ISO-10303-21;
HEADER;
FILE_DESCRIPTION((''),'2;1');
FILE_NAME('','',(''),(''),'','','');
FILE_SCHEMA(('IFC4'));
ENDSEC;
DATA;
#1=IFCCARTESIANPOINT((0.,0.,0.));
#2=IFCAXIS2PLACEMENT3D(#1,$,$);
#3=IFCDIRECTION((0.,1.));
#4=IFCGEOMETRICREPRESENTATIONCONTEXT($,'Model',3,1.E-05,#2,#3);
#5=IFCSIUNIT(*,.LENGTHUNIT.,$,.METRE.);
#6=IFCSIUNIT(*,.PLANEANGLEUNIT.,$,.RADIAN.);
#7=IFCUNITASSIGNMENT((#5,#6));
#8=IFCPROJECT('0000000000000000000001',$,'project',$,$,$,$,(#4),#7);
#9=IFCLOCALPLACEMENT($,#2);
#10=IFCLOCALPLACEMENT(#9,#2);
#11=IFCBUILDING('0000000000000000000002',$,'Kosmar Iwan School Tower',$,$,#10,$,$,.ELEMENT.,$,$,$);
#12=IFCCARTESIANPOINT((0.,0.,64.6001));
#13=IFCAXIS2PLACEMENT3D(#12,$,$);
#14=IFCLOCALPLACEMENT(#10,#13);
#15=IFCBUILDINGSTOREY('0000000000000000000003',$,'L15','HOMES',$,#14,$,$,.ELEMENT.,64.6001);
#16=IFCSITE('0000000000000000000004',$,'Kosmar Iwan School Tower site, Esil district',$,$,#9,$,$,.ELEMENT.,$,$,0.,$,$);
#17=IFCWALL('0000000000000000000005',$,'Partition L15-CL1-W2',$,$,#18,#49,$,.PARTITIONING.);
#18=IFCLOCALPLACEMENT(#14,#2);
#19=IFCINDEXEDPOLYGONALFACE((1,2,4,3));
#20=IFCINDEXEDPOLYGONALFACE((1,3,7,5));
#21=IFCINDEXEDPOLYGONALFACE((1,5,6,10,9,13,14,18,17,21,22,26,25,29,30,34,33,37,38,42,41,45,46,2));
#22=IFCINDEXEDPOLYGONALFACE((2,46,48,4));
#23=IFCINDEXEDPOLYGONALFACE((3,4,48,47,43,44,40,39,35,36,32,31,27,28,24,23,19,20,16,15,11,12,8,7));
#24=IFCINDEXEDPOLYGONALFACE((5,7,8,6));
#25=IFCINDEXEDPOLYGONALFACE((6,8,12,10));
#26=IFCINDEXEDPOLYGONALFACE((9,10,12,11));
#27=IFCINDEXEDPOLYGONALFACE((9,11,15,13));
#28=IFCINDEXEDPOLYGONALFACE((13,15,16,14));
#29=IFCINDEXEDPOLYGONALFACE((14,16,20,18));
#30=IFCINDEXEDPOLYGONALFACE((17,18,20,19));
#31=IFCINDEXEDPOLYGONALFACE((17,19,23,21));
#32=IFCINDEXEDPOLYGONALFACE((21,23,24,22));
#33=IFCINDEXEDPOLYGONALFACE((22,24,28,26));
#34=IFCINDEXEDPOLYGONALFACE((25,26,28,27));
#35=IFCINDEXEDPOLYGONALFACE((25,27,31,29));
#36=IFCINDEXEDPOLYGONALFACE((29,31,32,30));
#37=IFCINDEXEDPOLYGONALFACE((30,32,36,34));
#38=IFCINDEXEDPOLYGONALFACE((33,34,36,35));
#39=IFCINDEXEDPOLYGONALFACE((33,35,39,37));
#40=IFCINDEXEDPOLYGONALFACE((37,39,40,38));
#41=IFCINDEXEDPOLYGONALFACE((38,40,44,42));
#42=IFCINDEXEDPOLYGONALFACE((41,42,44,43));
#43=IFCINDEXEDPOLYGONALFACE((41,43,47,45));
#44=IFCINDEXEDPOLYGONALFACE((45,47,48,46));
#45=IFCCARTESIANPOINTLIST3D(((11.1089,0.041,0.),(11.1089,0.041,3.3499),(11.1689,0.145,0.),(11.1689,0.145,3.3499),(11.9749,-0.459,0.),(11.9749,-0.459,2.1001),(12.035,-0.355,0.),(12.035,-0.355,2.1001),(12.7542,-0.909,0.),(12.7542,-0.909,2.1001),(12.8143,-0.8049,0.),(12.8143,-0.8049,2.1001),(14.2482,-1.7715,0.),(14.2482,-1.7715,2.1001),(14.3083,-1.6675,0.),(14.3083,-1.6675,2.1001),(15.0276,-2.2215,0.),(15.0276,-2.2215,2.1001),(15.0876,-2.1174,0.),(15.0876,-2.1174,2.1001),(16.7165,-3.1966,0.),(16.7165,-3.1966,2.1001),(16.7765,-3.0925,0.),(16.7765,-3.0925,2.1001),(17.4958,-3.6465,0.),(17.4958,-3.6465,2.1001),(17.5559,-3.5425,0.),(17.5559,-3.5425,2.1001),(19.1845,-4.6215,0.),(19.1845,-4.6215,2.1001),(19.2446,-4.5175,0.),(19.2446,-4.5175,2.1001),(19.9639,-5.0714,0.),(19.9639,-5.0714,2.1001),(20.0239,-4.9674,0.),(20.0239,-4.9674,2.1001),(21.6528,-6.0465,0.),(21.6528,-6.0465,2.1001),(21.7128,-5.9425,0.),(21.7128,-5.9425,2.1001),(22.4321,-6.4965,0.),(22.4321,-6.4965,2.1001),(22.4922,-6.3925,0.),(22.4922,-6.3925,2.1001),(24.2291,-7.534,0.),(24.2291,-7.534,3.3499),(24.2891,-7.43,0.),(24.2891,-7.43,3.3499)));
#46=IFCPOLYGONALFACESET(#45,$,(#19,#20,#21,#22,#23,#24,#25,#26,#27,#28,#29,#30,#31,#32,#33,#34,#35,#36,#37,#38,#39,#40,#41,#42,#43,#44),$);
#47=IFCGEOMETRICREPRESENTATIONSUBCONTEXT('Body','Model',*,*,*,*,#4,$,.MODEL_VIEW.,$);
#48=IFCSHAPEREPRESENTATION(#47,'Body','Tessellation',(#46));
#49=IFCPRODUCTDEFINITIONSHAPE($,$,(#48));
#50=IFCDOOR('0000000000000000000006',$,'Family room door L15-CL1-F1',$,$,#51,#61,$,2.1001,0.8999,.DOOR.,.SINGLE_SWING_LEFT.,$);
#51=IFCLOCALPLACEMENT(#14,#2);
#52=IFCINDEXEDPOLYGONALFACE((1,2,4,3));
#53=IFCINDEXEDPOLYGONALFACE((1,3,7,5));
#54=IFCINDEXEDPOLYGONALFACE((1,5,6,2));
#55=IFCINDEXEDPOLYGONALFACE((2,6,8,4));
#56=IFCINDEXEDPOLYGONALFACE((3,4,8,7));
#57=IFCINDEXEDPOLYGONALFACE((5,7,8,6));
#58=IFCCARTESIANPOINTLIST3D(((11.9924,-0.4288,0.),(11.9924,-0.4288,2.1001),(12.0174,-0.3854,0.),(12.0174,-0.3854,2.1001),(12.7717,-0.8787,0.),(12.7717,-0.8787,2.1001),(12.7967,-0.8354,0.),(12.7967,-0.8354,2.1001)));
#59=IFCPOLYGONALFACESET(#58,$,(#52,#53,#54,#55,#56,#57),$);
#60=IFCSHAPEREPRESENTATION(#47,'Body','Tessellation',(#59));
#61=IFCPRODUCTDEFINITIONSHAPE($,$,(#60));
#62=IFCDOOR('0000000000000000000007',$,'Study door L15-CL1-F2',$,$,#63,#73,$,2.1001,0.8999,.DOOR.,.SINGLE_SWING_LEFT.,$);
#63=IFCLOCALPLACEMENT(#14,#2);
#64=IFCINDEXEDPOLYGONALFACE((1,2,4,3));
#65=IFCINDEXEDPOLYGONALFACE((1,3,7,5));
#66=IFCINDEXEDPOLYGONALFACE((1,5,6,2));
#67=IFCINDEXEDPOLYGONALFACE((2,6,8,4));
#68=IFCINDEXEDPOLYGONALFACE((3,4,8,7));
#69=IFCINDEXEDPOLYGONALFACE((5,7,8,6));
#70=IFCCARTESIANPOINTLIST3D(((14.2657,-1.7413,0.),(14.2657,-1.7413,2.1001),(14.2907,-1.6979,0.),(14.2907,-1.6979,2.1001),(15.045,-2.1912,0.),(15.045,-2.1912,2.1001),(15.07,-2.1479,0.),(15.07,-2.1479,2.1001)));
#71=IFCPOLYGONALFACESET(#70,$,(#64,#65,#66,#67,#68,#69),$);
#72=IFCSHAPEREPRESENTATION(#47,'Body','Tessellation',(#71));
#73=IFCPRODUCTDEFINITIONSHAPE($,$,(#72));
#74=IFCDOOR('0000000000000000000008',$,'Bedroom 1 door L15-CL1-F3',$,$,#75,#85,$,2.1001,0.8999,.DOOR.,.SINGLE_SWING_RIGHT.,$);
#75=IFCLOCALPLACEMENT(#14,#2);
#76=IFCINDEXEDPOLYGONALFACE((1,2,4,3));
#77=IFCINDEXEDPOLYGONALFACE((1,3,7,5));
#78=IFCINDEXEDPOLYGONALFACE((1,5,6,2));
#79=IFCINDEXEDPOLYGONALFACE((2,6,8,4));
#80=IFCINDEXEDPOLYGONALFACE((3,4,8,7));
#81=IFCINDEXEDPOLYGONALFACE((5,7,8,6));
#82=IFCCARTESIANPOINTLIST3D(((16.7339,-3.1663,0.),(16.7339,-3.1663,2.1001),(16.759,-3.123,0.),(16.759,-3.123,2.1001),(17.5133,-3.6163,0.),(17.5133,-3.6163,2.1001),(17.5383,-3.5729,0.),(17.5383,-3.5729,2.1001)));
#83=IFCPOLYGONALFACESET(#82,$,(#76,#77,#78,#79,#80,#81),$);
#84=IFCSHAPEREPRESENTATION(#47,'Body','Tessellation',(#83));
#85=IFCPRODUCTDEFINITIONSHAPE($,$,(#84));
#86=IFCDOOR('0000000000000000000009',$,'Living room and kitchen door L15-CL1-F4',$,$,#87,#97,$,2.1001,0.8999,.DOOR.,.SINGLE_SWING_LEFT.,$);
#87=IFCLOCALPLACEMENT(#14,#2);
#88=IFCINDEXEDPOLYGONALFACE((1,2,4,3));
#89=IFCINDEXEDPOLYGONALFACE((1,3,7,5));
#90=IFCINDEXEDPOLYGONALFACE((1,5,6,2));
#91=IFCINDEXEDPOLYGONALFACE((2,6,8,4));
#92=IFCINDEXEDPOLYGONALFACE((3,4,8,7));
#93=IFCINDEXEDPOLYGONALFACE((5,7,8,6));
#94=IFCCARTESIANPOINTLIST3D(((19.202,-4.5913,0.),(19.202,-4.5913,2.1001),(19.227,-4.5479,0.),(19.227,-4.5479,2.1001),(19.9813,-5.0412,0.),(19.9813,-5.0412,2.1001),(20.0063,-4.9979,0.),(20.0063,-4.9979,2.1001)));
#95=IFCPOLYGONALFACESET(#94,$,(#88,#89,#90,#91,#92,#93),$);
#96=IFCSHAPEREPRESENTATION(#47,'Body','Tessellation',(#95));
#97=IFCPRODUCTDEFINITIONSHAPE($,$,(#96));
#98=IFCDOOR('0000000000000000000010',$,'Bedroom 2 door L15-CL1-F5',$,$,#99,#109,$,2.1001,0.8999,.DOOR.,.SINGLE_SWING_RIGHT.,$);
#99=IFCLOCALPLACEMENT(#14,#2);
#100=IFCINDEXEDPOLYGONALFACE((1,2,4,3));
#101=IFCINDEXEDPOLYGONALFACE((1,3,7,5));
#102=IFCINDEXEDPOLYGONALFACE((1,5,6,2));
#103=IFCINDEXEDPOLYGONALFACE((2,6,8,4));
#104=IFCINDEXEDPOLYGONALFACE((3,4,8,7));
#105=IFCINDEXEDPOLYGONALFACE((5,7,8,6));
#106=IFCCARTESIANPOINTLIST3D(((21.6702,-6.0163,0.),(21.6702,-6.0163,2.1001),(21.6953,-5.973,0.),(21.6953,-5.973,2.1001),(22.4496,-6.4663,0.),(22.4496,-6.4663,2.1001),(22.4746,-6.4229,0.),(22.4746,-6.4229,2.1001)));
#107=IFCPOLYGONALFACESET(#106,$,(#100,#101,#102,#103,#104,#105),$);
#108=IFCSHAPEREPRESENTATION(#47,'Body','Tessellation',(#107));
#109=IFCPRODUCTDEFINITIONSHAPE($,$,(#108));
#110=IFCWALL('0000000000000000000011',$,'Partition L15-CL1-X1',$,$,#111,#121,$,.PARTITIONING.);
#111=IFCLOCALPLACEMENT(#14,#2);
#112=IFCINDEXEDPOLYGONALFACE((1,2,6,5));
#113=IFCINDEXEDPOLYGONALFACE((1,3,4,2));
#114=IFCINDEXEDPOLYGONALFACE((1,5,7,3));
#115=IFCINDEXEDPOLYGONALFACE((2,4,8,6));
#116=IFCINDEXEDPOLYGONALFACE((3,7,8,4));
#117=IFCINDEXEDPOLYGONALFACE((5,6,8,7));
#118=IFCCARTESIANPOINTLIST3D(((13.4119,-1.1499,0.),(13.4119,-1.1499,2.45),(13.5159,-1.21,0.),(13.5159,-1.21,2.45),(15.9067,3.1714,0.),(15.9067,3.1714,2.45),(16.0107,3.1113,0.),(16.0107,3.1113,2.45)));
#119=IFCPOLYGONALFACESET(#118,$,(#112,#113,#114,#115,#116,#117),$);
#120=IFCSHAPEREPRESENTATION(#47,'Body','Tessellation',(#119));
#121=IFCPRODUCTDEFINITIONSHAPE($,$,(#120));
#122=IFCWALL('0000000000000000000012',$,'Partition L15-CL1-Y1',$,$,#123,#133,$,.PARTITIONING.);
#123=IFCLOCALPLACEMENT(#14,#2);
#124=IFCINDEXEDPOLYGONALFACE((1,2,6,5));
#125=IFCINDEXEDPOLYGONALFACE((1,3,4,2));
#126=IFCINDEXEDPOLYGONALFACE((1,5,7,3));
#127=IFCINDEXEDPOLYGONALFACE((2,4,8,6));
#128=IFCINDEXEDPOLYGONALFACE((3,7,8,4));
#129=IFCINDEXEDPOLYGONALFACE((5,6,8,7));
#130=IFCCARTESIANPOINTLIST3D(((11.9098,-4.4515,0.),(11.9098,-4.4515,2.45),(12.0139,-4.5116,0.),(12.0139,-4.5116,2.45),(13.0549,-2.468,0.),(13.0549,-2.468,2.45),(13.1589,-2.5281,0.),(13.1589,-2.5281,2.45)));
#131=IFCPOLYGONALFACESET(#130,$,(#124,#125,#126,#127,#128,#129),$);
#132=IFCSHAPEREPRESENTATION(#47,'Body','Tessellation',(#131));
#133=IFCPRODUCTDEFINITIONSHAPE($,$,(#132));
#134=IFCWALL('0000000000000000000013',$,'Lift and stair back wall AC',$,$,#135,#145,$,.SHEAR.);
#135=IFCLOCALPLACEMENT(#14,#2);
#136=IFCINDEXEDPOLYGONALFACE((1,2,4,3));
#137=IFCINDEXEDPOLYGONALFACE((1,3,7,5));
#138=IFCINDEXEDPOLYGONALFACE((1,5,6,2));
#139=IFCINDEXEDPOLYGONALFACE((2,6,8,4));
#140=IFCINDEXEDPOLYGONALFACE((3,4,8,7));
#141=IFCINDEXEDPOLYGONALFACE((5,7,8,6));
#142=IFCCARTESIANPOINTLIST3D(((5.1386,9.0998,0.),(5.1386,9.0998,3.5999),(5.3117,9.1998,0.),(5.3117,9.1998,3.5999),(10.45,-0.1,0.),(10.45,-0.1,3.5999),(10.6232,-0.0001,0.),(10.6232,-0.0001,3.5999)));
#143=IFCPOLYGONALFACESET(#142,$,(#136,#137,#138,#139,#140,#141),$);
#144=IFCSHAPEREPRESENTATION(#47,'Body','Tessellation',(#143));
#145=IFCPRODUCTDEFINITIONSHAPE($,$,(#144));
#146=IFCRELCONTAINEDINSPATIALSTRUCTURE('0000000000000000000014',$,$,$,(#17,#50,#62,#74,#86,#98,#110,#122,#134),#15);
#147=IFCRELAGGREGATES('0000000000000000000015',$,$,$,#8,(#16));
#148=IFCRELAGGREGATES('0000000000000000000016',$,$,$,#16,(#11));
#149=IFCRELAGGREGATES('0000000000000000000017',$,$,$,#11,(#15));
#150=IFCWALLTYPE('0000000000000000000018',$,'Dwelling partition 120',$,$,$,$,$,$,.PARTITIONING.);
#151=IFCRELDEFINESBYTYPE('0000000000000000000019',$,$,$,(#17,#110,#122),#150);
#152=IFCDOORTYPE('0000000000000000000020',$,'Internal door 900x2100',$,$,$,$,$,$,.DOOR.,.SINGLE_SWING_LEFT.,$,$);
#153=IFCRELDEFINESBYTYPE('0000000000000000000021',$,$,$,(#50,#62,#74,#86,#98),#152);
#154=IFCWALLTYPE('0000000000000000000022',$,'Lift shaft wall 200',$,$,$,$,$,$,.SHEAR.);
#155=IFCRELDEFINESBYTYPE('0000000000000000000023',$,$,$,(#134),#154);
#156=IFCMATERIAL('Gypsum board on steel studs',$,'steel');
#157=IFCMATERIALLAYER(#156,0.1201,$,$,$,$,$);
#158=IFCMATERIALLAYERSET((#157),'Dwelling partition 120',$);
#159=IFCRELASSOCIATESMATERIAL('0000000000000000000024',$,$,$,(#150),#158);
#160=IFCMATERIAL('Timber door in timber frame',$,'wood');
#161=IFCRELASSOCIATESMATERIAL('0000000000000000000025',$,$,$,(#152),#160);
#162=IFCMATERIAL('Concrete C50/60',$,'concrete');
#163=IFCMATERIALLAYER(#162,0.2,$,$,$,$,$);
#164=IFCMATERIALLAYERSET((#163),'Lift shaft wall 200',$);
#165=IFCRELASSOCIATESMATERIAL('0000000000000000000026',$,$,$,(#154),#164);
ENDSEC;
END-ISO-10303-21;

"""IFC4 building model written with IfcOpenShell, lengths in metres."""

from ifc_helpers import new_model, si_unit, direction, frame, frame_2d, origin, place, context, subcontext, project, spatial, rectangle, extrude, material, layer, layer_set, type_object, element, fill, save


model = new_model("IFC4")

# Units and contexts
model_context = context("Model", 3, precision=1e-05, world=origin(), true_north=direction((0.0, 1.0)))
body_context = subcontext(model_context, "Body", "Model", "MODEL_VIEW")
ifc_project = project(units=[si_unit("LENGTHUNIT", "METRE"), si_unit("PLANEANGLEUNIT", "RADIAN")], contexts=[model_context])

# Site, building, storey
site_placement = place(None, origin())
site = spatial("IfcSite", under=ifc_project, at=site_placement, Name="Kosmar Iwan School Tower site, Esil district", CompositionType="ELEMENT", RefElevation=0.0)
building_placement = place(site_placement, origin())
building = spatial("IfcBuilding", under=site, at=building_placement, Name="Kosmar Iwan School Tower", CompositionType="ELEMENT")
storey_placement = place(building_placement, frame((0.0, 0.0, 64.6001)))
storey = spatial("IfcBuildingStorey", under=building, at=storey_placement, Name="L15", Description="HOMES", CompositionType="ELEMENT", Elevation=64.6001)

# Wall, openings, doors
ifc_material_1 = material(Name="Gypsum board on steel studs", Category="steel")
ifc_layer_1 = layer(ifc_material_1, 0.1201)
ifc_layer_set_1 = layer_set([ifc_layer_1], Name="Dwelling partition 120")
wall_type_1 = type_object("IfcWallType", Name="Dwelling partition 120", PredefinedType="PARTITIONING", material=ifc_layer_set_1)
ifc_material_2 = material(Name="Timber door in timber frame", Category="wood")
door_type_1 = type_object("IfcDoorType", Name="Internal door 900x2100", OperationType="SINGLE_SWING_LEFT", PredefinedType="DOOR", material=ifc_material_2)
wall_1_placement = place(storey_placement, frame((11.1389, 0.093, 0.0), z_axis=(0.0, 0.0, 1.0), x_axis=(0.866024, -0.500002, 0.0)))
wall_1 = element("IfcWall", 1, at=wall_1_placement, inside=storey, type_object=wall_type_1, Name="Partition L15-CL1-W2", PredefinedType="PARTITIONING", context=body_context, shape_type="SweptSolid", body=[
    extrude(rectangle(XDim=15.1499, YDim=0.1201, at=frame_2d((7.575, 0.0))), origin(), (0.0, 0.0, 1.0), 3.3499),
])
opening_1_placement = place(wall_1_placement, frame((1.0, 0.0, 0.0)))
opening_1 = element("IfcOpeningElement", 2, at=opening_1_placement, cuts=wall_1, PredefinedType="OPENING", context=body_context, shape_type="SweptSolid", body=[
    extrude(rectangle(XDim=0.8999, YDim=2.1001, at=frame_2d((0.45, 1.05))), frame((0.0, 0.072, 0.0), z_axis=(0.0, -1.0, 0.0), x_axis=(1.0, 0.0, 0.0)), (0.0, 0.0, 1.0), 0.144),
])
opening_2_placement = place(wall_1_placement, frame((3.625, 0.0, 0.0)))
opening_2 = element("IfcOpeningElement", 3, at=opening_2_placement, cuts=wall_1, PredefinedType="OPENING", context=body_context, shape_type="SweptSolid", body=[
    extrude(rectangle(XDim=0.8999, YDim=2.1001, at=frame_2d((0.45, 1.05))), frame((0.0, 0.072, 0.0), z_axis=(0.0, -1.0, 0.0), x_axis=(1.0, 0.0, 0.0)), (0.0, 0.0, 1.0), 0.144),
])
opening_3_placement = place(wall_1_placement, frame((6.4751, 0.0, 0.0)))
opening_3 = element("IfcOpeningElement", 4, at=opening_3_placement, cuts=wall_1, PredefinedType="OPENING", context=body_context, shape_type="SweptSolid", body=[
    extrude(rectangle(XDim=0.8999, YDim=2.1001, at=frame_2d((0.45, 1.05))), frame((0.0, 0.072, 0.0), z_axis=(0.0, -1.0, 0.0), x_axis=(1.0, 0.0, 0.0)), (0.0, 0.0, 1.0), 0.144),
])
opening_4_placement = place(wall_1_placement, frame((9.325, 0.0, 0.0)))
opening_4 = element("IfcOpeningElement", 5, at=opening_4_placement, cuts=wall_1, PredefinedType="OPENING", context=body_context, shape_type="SweptSolid", body=[
    extrude(rectangle(XDim=0.8999, YDim=2.1001, at=frame_2d((0.45, 1.05))), frame((0.0, 0.072, 0.0), z_axis=(0.0, -1.0, 0.0), x_axis=(1.0, 0.0, 0.0)), (0.0, 0.0, 1.0), 0.144),
])
opening_5_placement = place(wall_1_placement, frame((12.175, 0.0, 0.0)))
opening_5 = element("IfcOpeningElement", 6, at=opening_5_placement, cuts=wall_1, PredefinedType="OPENING", context=body_context, shape_type="SweptSolid", body=[
    extrude(rectangle(XDim=0.8999, YDim=2.1001, at=frame_2d((0.45, 1.05))), frame((0.0, 0.072, 0.0), z_axis=(0.0, -1.0, 0.0), x_axis=(1.0, 0.0, 0.0)), (0.0, 0.0, 1.0), 0.144),
])
door_1_placement = place(opening_1_placement, origin())
door_1 = element("IfcDoor", 7, at=door_1_placement, inside=storey, type_object=door_type_1, Name="Family room door L15-CL1-F1", OperationType="SINGLE_SWING_LEFT", OverallHeight=2.1001, OverallWidth=0.8999, PredefinedType="DOOR", context=body_context, shape_type="SweptSolid", body=[
    extrude(rectangle(XDim=0.8999, YDim=2.1001, at=frame_2d((0.45, 1.05))), frame((0.0, 0.0249, 0.0), z_axis=(0.0, -1.0, 0.0), x_axis=(1.0, 0.0, 0.0)), (0.0, 0.0, 1.0), 0.05),
])
fill(opening_1, door_1)
door_2_placement = place(opening_2_placement, origin())
door_2 = element("IfcDoor", 8, at=door_2_placement, inside=storey, type_object=door_type_1, Name="Study door L15-CL1-F2", OperationType="SINGLE_SWING_LEFT", OverallHeight=2.1001, OverallWidth=0.8999, PredefinedType="DOOR", context=body_context, shape_type="SweptSolid", body=[
    extrude(rectangle(XDim=0.8999, YDim=2.1001, at=frame_2d((0.45, 1.05))), frame((0.0, 0.0249, 0.0), z_axis=(0.0, -1.0, 0.0), x_axis=(1.0, 0.0, 0.0)), (0.0, 0.0, 1.0), 0.05),
])
fill(opening_2, door_2)
door_3_placement = place(opening_3_placement, origin())
door_3 = element("IfcDoor", 9, at=door_3_placement, inside=storey, type_object=door_type_1, Name="Bedroom 1 door L15-CL1-F3", OperationType="SINGLE_SWING_RIGHT", OverallHeight=2.1001, OverallWidth=0.8999, PredefinedType="DOOR", context=body_context, shape_type="SweptSolid", body=[
    extrude(rectangle(XDim=0.8999, YDim=2.1001, at=frame_2d((0.45, 1.05))), frame((0.0, 0.0249, 0.0), z_axis=(0.0, -1.0, 0.0), x_axis=(1.0, 0.0, 0.0)), (0.0, 0.0, 1.0), 0.05),
])
fill(opening_3, door_3)
door_4_placement = place(opening_4_placement, origin())
door_4 = element("IfcDoor", 10, at=door_4_placement, inside=storey, type_object=door_type_1, Name="Living room and kitchen door L15-CL1-F4", OperationType="SINGLE_SWING_LEFT", OverallHeight=2.1001, OverallWidth=0.8999, PredefinedType="DOOR", context=body_context, shape_type="SweptSolid", body=[
    extrude(rectangle(XDim=0.8999, YDim=2.1001, at=frame_2d((0.45, 1.05))), frame((0.0, 0.0249, 0.0), z_axis=(0.0, -1.0, 0.0), x_axis=(1.0, 0.0, 0.0)), (0.0, 0.0, 1.0), 0.05),
])
fill(opening_4, door_4)
door_5_placement = place(opening_5_placement, origin())
door_5 = element("IfcDoor", 11, at=door_5_placement, inside=storey, type_object=door_type_1, Name="Bedroom 2 door L15-CL1-F5", OperationType="SINGLE_SWING_RIGHT", OverallHeight=2.1001, OverallWidth=0.8999, PredefinedType="DOOR", context=body_context, shape_type="SweptSolid", body=[
    extrude(rectangle(XDim=0.8999, YDim=2.1001, at=frame_2d((0.45, 1.05))), frame((0.0, 0.0249, 0.0), z_axis=(0.0, -1.0, 0.0), x_axis=(1.0, 0.0, 0.0)), (0.0, 0.0, 1.0), 0.05),
])
fill(opening_5, door_5)

# Walls
wall_2_placement = place(storey_placement, frame((13.4639, -1.1799, 0.0), z_axis=(0.0, 0.0, 1.0), x_axis=(0.499996, 0.866028, 0.0)))
element("IfcWall", 12, at=wall_2_placement, inside=storey, type_object=wall_type_1, Name="Partition L15-CL1-X1", PredefinedType="PARTITIONING", context=body_context, shape_type="SweptSolid", body=[
    extrude(rectangle(XDim=4.9897, YDim=0.1201, at=frame_2d((2.4949, 0.0))), origin(), (0.0, 0.0, 1.0), 2.45),
])
wall_3_placement = place(storey_placement, frame((11.9619, -4.4814, 0.0), z_axis=(0.0, 0.0, 1.0), x_axis=(0.499969, 0.866044, 0.0)))
element("IfcWall", 13, at=wall_3_placement, inside=storey, type_object=wall_type_1, Name="Partition L15-CL1-Y1", PredefinedType="PARTITIONING", context=body_context, shape_type="SweptSolid", body=[
    extrude(rectangle(XDim=2.2903, YDim=0.1201, at=frame_2d((1.145, 0.0))), origin(), (0.0, 0.0, 1.0), 2.45),
])
ifc_material_3 = material(Name="Concrete C50/60", Category="concrete")
ifc_layer_2 = layer(ifc_material_3, 0.2)
ifc_layer_set_2 = layer_set([ifc_layer_2], Name="Lift shaft wall 200")
wall_type_2 = type_object("IfcWallType", Name="Lift shaft wall 200", PredefinedType="SHEAR", material=ifc_layer_set_2)
wall_4_placement = place(storey_placement, frame((10.5366, -0.05, 0.0), z_axis=(0.0, 0.0, 1.0), x_axis=(-0.499995, 0.866028, 0.0)))
element("IfcWall", 14, at=wall_4_placement, inside=storey, type_object=wall_type_2, Name="Lift and stair back wall AC", PredefinedType="SHEAR", context=body_context, shape_type="SweptSolid", body=[
    extrude(rectangle(XDim=10.623, YDim=0.2, at=frame_2d((5.3115, 0.0))), origin(), (0.0, 0.0, 1.0), 3.5999),
])

save(model, "model.ifc")
